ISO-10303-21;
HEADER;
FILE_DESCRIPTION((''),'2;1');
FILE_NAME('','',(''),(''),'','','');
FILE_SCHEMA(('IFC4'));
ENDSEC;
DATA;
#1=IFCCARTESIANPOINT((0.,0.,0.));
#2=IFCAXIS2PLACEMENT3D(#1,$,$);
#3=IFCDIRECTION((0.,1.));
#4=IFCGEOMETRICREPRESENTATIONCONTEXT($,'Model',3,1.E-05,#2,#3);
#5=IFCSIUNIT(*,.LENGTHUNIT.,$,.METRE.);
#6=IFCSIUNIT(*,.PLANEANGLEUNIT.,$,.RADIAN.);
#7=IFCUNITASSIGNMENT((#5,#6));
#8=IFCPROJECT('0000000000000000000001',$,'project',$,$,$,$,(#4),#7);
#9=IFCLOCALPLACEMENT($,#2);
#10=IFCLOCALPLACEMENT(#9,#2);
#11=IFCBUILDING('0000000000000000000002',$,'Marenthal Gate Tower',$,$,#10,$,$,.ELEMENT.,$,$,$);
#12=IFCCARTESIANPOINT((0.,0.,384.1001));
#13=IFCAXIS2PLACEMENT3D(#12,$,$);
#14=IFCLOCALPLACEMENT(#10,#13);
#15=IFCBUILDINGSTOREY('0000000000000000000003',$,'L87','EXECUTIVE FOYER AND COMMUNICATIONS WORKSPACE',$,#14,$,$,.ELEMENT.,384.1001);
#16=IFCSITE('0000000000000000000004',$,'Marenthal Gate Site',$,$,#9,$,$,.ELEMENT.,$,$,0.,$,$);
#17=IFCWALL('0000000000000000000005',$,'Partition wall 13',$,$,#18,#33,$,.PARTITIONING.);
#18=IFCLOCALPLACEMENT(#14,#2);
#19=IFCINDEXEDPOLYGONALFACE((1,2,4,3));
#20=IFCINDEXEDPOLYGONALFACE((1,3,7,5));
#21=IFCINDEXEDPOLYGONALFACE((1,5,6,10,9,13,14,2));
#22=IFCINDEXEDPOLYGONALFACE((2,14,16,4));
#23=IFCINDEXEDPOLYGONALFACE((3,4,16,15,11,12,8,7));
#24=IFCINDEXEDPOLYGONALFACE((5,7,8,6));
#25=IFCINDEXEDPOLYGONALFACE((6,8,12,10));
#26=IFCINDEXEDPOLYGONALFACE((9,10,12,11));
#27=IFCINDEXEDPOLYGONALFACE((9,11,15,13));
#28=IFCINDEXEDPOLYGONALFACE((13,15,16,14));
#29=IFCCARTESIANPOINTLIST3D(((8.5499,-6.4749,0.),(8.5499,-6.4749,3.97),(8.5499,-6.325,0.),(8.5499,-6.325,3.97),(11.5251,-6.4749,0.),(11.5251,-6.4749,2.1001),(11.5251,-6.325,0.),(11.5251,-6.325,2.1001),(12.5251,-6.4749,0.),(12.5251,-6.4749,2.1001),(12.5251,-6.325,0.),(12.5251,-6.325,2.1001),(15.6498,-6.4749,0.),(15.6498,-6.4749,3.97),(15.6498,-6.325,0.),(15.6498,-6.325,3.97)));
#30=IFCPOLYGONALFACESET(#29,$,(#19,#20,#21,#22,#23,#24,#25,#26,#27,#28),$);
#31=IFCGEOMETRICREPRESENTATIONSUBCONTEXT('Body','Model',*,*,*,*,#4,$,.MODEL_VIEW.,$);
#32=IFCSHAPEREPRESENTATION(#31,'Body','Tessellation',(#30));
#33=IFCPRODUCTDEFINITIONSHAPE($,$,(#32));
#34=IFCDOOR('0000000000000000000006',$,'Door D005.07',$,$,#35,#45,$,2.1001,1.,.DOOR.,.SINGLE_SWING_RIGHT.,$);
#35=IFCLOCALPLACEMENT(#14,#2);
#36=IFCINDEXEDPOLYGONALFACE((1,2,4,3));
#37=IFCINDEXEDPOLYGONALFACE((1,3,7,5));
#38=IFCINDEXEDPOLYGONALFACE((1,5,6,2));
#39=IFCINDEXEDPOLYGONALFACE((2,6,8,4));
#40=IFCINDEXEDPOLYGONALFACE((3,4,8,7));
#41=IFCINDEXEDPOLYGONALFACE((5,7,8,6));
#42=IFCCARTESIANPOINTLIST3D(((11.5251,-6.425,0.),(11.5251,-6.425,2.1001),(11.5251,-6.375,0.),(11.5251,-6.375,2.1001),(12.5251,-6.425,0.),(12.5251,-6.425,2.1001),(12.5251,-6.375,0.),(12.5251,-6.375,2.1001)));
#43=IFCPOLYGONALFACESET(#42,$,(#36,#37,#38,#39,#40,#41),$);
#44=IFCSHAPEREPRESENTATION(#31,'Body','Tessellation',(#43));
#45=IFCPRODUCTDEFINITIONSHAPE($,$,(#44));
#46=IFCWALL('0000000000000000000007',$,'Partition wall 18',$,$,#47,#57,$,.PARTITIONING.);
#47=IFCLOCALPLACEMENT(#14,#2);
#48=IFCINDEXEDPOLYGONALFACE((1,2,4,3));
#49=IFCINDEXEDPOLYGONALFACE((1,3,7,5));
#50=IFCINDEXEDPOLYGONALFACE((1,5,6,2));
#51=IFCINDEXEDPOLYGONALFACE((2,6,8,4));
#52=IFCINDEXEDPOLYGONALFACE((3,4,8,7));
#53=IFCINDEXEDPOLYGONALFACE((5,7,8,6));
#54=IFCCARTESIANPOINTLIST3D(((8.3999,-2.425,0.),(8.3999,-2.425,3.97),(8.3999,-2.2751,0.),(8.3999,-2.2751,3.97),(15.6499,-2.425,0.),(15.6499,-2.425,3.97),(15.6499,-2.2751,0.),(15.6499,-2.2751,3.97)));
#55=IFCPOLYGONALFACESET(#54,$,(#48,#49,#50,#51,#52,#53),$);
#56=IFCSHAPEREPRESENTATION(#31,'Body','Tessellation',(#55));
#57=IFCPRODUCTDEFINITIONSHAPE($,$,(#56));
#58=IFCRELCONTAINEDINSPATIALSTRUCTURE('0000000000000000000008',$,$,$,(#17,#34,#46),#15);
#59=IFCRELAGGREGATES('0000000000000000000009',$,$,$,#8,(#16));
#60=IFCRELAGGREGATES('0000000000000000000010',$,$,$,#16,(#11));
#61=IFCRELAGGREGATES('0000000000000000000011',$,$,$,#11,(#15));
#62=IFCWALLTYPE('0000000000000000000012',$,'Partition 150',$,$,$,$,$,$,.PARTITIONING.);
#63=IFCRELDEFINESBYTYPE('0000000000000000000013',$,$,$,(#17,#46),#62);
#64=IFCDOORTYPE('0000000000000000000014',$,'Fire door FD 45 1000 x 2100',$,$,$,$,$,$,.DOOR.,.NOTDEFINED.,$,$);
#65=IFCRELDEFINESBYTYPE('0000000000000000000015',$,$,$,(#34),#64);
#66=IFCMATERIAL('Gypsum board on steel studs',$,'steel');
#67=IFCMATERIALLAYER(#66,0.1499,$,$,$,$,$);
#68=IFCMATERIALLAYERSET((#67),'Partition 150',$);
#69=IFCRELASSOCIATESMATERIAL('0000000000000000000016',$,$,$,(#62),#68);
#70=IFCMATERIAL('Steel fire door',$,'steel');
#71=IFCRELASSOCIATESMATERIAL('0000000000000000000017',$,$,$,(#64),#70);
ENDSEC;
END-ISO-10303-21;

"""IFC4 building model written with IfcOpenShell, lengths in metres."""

from ifc_helpers import new_model, si_unit, direction, frame, frame_2d, origin, place, context, subcontext, project, spatial, rectangle, extrude, material, layer, layer_set, type_object, element, fill, save


model = new_model("IFC4")

# Units and contexts
model_context = context("Model", 3, precision=1e-05, world=origin(), true_north=direction((0.0, 1.0)))
body_context = subcontext(model_context, "Body", "Model", "MODEL_VIEW")
ifc_project = project(units=[si_unit("LENGTHUNIT", "METRE"), si_unit("PLANEANGLEUNIT", "RADIAN")], contexts=[model_context])

# Site, building, storey
site_placement = place(None, origin())
site = spatial("IfcSite", under=ifc_project, at=site_placement, Name="Marenthal Gate Site", CompositionType="ELEMENT", RefElevation=0.0)
building_placement = place(site_placement, origin())
building = spatial("IfcBuilding", under=site, at=building_placement, Name="Marenthal Gate Tower", CompositionType="ELEMENT")
storey_placement = place(building_placement, frame((0.0, 0.0, 384.1001)))
storey = spatial("IfcBuildingStorey", under=building, at=storey_placement, Name="L87", Description="EXECUTIVE FOYER AND COMMUNICATIONS WORKSPACE", CompositionType="ELEMENT", Elevation=384.1001)

# Wall, opening, door
ifc_material_1 = material(Name="Gypsum board on steel studs", Category="steel")
ifc_layer_1 = layer(ifc_material_1, 0.1499)
ifc_layer_set_1 = layer_set([ifc_layer_1], Name="Partition 150")
wall_type_1 = type_object("IfcWallType", Name="Partition 150", PredefinedType="PARTITIONING", material=ifc_layer_set_1)
ifc_material_2 = material(Name="Steel fire door", Category="steel")
door_type = type_object("IfcDoorType", Name="Fire door FD 45 1000 x 2100", OperationType="NOTDEFINED", PredefinedType="DOOR", material=ifc_material_2)
wall_1_placement = place(storey_placement, frame((8.55, -6.3999, 0.0), z_axis=(0.0, 0.0, 1.0), x_axis=(1.0, 0.0, 0.0)))
wall_1 = element("IfcWall", 1, at=wall_1_placement, inside=storey, type_object=wall_type_1, Name="Partition wall 13", PredefinedType="PARTITIONING", context=body_context, shape_type="SweptSolid", body=[
    extrude(rectangle(XDim=7.0999, YDim=0.1499, at=frame_2d((3.5498, 0.0))), origin(), (0.0, 0.0, 1.0), 3.97),
])
opening_1_placement = place(wall_1_placement, frame((2.9751, 0.0, 0.0)))
opening_1 = element("IfcOpeningElement", 2, at=opening_1_placement, cuts=wall_1, PredefinedType="OPENING", context=body_context, shape_type="SweptSolid", body=[
    extrude(rectangle(XDim=1.0, YDim=2.1001, at=frame_2d((0.5, 1.05))), frame((0.0, 0.085, 0.0), z_axis=(0.0, -1.0, 0.0), x_axis=(1.0, 0.0, 0.0)), (0.0, 0.0, 1.0), 0.1699),
])
door_1_placement = place(opening_1_placement, origin())
door_1 = element("IfcDoor", 3, at=door_1_placement, inside=storey, type_object=door_type, Name="Door D005.07", OperationType="SINGLE_SWING_RIGHT", OverallHeight=2.1001, OverallWidth=1.0, PredefinedType="DOOR", context=body_context, shape_type="SweptSolid", body=[
    extrude(rectangle(XDim=1.0, YDim=2.1001, at=frame_2d((0.5, 1.05))), frame((0.0, 0.0249, 0.0), z_axis=(0.0, -1.0, 0.0), x_axis=(1.0, 0.0, 0.0)), (0.0, 0.0, 1.0), 0.05),
])
fill(opening_1, door_1)

# Wall
wall_2_placement = place(storey_placement, frame((8.3999, -2.3501, 0.0), z_axis=(0.0, 0.0, 1.0), x_axis=(1.0, 0.0, 0.0)))
element("IfcWall", 4, at=wall_2_placement, inside=storey, type_object=wall_type_1, Name="Partition wall 18", PredefinedType="PARTITIONING", context=body_context, shape_type="SweptSolid", body=[
    extrude(rectangle(XDim=7.25, YDim=0.1499, at=frame_2d((3.625, 0.0))), origin(), (0.0, 0.0, 1.0), 3.97),
])

save(model, "model.ifc")
